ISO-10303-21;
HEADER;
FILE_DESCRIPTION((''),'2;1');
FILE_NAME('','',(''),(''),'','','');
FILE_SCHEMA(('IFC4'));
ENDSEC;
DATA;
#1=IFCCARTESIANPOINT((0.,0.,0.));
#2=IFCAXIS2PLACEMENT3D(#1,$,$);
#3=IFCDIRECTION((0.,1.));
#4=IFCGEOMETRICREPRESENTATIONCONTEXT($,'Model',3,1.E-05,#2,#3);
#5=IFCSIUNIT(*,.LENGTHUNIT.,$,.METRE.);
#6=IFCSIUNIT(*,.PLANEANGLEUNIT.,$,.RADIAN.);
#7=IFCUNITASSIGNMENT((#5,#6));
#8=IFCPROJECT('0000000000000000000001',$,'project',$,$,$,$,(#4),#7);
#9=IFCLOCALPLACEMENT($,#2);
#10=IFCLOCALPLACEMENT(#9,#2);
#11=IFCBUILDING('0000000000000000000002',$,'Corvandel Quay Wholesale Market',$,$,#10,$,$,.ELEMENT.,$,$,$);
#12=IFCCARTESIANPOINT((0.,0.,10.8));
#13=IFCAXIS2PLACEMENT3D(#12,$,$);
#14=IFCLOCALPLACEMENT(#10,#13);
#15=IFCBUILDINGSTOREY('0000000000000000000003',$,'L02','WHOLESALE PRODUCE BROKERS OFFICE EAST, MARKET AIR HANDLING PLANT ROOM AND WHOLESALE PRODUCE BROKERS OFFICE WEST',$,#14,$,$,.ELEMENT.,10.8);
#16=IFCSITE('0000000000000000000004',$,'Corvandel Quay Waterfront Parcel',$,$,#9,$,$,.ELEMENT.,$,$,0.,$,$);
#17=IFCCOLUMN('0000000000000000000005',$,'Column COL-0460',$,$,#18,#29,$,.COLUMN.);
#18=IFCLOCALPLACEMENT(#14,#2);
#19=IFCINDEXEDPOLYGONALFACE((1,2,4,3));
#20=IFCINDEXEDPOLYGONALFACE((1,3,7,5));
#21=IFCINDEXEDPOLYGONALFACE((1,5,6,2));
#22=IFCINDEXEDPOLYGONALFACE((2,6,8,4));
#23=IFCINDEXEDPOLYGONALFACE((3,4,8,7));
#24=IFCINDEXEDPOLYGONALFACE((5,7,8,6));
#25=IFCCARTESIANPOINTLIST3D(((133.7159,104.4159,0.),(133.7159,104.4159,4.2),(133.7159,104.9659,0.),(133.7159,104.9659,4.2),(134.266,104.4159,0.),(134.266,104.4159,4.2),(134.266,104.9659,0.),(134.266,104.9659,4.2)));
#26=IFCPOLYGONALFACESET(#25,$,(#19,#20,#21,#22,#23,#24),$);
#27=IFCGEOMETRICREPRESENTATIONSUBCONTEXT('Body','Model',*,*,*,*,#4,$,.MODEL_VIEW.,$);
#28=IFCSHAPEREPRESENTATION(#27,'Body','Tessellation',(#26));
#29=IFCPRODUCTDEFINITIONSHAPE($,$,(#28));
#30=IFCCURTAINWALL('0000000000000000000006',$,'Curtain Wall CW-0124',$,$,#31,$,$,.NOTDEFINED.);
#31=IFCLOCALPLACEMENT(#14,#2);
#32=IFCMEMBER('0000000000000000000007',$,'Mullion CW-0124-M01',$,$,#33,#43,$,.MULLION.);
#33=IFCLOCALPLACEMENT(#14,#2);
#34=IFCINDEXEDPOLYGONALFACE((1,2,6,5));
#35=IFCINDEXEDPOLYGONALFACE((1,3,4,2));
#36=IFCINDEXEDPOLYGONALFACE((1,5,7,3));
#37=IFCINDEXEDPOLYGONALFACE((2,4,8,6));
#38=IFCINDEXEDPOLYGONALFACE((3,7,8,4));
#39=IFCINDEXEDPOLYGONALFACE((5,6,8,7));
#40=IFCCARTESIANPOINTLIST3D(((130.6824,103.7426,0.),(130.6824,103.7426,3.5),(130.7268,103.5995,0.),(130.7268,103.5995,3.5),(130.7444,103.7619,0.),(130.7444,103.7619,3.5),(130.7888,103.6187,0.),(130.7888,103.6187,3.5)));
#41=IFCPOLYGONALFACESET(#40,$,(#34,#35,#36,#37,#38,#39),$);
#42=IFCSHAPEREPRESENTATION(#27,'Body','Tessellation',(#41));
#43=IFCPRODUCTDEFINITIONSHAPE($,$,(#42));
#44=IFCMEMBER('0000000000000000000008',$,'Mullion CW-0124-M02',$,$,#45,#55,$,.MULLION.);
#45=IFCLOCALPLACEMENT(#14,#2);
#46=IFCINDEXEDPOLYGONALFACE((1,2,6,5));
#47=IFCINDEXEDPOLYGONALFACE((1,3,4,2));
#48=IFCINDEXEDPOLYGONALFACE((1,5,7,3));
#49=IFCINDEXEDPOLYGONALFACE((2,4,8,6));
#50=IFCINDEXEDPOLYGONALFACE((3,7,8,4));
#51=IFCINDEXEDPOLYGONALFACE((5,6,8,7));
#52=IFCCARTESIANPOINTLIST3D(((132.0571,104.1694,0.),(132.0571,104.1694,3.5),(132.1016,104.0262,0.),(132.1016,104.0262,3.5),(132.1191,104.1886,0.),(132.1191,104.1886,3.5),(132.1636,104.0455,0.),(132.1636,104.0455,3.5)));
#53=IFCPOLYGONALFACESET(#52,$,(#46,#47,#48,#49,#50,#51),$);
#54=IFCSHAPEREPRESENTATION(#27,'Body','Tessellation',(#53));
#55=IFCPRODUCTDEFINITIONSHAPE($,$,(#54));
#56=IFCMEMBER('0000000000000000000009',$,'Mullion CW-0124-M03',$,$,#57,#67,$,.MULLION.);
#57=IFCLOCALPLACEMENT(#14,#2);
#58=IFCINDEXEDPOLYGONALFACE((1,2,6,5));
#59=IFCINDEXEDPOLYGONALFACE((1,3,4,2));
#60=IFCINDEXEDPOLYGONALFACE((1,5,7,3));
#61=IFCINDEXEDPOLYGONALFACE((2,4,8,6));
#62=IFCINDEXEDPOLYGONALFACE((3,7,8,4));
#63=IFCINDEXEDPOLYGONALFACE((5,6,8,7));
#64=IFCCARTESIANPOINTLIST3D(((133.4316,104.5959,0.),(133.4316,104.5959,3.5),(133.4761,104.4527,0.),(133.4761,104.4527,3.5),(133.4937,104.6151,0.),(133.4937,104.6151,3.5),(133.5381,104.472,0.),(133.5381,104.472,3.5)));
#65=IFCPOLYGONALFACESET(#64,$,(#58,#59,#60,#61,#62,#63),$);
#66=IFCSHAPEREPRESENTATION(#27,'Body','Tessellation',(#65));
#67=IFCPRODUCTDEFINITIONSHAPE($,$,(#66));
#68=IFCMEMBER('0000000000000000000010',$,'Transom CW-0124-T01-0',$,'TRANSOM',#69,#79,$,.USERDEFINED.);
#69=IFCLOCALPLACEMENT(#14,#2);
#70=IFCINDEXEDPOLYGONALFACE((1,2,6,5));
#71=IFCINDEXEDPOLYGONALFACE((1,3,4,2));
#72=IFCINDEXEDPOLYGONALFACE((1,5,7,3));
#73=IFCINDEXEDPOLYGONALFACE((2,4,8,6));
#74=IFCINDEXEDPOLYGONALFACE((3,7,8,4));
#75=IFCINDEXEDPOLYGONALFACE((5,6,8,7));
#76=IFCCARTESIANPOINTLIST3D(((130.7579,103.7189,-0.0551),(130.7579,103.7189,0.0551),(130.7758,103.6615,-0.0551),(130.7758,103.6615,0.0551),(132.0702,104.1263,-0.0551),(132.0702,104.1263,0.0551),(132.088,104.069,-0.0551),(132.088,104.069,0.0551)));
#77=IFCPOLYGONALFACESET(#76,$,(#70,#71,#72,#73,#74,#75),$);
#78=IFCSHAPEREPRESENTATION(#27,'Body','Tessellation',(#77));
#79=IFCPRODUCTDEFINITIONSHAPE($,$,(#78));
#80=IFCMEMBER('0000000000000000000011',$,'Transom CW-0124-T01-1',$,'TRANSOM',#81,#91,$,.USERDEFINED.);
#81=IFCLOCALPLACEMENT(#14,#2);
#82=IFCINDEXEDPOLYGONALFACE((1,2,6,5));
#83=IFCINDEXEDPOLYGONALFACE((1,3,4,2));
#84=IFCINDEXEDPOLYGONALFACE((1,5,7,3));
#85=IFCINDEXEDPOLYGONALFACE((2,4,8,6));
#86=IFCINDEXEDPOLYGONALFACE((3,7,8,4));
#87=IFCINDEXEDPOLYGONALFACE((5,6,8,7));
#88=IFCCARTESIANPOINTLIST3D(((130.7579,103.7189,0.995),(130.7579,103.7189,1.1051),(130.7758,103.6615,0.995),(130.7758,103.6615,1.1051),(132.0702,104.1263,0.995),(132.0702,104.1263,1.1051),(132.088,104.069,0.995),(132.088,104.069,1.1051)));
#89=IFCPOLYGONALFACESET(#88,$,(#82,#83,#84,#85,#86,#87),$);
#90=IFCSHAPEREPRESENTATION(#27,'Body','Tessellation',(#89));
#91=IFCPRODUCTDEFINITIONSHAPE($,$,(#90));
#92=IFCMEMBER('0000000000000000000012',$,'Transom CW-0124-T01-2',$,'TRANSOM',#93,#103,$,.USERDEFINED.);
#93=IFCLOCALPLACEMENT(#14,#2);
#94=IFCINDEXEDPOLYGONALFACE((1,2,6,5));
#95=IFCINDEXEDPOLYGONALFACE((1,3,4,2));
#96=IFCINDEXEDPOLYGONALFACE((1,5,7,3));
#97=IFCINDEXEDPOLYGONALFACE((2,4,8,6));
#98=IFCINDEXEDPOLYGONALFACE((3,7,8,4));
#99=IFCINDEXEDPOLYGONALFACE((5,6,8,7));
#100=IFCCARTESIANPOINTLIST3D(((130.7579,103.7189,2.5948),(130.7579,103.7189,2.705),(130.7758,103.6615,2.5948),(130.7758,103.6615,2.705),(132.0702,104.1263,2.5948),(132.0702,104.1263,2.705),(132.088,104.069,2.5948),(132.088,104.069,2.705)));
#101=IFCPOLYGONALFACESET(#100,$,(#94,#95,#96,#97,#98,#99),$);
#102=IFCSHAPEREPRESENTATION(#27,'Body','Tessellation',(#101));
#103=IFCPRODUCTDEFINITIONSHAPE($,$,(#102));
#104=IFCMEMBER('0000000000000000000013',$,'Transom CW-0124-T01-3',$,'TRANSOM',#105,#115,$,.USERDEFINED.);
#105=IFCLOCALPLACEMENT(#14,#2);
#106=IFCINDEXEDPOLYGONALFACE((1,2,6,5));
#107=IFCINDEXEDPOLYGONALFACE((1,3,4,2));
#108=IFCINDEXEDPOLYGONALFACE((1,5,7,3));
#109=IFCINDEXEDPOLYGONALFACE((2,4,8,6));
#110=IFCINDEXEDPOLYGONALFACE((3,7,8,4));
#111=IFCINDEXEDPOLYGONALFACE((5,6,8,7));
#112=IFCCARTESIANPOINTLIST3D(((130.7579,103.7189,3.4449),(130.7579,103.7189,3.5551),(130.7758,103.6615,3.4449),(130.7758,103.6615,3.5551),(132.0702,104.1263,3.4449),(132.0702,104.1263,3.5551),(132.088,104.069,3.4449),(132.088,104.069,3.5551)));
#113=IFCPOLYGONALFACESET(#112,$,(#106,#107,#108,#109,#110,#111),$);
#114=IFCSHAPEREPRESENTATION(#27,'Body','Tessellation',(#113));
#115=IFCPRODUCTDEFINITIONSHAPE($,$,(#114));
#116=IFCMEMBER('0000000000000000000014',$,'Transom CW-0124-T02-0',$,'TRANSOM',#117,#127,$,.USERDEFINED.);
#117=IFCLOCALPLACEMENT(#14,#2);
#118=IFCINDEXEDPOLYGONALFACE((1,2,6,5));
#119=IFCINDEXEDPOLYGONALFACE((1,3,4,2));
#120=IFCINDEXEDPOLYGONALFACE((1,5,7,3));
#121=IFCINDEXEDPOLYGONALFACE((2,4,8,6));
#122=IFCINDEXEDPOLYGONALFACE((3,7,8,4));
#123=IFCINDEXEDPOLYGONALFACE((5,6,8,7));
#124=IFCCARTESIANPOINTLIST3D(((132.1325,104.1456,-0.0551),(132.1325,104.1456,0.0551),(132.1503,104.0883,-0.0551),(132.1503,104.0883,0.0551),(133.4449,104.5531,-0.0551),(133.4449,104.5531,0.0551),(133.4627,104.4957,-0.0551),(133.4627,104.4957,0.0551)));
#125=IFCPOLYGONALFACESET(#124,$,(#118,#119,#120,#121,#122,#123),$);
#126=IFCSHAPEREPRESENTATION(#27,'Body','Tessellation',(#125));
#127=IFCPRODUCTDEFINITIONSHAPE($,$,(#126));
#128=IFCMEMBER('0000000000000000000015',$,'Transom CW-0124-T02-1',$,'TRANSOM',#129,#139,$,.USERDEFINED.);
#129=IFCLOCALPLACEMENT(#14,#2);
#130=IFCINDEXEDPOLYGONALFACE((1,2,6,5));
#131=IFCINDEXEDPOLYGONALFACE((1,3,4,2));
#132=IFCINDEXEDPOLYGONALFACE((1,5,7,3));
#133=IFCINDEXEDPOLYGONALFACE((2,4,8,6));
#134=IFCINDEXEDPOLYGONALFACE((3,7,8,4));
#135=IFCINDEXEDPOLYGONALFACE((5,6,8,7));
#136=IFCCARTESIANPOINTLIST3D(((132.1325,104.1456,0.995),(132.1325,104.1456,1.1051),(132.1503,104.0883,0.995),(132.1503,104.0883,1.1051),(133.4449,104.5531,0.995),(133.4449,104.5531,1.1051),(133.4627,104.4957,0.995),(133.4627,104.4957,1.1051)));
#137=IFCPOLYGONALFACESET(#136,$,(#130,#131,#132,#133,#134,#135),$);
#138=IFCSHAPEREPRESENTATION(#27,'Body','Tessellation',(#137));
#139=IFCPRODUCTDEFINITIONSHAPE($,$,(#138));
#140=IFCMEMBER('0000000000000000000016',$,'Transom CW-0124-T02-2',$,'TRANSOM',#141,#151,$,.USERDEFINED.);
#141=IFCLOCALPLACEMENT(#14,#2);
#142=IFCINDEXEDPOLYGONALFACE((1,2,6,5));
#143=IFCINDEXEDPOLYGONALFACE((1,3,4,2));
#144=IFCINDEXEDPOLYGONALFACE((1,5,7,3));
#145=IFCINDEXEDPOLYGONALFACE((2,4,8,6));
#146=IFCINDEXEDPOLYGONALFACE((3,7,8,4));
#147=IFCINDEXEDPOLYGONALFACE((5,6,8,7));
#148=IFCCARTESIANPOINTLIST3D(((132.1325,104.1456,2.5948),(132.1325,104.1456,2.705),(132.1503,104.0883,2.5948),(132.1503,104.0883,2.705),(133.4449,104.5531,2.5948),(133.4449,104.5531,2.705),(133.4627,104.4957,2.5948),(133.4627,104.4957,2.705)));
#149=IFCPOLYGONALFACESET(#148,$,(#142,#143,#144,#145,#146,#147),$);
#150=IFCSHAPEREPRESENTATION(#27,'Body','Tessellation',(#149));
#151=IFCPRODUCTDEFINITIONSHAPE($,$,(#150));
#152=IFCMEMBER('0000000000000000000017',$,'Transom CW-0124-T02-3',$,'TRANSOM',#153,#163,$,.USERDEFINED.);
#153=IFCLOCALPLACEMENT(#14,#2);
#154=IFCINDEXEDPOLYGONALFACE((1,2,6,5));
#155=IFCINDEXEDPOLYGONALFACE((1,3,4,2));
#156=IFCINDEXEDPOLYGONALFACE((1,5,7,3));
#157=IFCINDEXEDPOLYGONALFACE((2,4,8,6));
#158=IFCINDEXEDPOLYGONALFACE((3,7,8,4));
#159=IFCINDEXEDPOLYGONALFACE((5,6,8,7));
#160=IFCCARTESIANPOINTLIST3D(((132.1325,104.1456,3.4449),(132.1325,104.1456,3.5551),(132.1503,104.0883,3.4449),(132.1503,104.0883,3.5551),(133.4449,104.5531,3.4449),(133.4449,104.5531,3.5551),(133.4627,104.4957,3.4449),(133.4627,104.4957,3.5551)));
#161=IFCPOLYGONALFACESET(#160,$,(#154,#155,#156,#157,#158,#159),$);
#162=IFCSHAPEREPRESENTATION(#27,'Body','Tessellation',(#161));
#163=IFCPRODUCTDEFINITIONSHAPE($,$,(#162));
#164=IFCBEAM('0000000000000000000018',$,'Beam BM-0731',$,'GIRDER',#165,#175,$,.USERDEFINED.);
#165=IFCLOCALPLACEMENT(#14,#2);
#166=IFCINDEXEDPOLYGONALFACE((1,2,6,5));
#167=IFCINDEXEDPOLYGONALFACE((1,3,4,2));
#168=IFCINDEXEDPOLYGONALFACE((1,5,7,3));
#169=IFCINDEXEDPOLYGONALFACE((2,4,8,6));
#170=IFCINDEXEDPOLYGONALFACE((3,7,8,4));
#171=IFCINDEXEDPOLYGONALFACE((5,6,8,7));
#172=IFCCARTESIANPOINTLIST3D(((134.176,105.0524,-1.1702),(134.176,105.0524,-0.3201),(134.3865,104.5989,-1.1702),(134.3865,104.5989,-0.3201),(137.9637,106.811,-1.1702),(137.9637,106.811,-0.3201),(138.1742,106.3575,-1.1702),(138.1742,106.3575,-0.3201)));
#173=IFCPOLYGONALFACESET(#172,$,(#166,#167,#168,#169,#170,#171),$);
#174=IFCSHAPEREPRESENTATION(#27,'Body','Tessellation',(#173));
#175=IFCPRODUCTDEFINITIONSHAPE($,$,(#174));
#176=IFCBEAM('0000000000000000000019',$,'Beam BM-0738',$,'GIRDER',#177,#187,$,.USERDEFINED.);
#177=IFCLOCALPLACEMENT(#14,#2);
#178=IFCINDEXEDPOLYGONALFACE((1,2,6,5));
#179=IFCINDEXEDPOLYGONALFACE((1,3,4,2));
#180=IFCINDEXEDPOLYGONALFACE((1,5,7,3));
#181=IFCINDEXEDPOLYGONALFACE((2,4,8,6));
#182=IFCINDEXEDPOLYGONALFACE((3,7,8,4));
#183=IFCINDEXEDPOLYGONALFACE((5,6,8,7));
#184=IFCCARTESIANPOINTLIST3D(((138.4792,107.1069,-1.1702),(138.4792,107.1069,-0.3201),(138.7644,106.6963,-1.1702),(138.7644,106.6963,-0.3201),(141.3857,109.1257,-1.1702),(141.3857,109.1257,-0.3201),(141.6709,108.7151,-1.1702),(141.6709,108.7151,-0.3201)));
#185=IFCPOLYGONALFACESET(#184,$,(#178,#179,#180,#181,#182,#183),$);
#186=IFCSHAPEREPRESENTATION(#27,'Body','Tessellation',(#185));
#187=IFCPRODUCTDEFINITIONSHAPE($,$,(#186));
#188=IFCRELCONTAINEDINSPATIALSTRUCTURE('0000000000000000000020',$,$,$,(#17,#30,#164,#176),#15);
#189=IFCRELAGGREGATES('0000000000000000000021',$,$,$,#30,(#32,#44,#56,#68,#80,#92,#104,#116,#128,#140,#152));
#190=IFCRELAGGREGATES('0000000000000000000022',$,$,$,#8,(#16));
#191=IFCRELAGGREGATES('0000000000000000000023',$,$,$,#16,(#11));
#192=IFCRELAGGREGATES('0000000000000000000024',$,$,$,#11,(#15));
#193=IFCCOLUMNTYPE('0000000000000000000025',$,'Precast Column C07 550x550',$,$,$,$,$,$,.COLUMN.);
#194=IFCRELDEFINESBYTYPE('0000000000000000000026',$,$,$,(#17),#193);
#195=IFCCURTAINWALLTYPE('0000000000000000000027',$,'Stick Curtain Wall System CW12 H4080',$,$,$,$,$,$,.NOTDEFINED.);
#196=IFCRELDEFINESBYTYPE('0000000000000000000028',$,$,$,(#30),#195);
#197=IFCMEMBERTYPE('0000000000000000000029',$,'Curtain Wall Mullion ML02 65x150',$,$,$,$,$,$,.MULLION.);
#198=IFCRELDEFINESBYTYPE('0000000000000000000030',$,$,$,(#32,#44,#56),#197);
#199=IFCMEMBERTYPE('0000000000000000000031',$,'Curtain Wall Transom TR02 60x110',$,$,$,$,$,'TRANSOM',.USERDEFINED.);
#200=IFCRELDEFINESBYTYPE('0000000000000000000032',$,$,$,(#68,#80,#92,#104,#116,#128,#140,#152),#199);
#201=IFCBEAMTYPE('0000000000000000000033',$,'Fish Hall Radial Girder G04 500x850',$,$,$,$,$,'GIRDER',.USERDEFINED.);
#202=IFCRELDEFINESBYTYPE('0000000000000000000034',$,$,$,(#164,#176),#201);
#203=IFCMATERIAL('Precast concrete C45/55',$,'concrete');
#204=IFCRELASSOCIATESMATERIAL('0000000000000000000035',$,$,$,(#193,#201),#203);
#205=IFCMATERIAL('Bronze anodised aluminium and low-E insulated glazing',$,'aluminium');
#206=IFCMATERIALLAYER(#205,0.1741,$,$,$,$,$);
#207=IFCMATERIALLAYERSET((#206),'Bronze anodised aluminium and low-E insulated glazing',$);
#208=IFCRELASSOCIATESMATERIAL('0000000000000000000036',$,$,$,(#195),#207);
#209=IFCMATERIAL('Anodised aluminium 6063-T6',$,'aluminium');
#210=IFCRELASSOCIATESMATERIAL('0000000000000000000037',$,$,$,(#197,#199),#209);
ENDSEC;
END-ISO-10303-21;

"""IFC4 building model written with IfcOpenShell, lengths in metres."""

from ifc_helpers import new_model, si_unit, direction, frame, origin, origin_2d, place, context, subcontext, project, spatial, rectangle, extrude, material, layer, layer_set, material_profile, profile_set, type_object, element, aggregate, save


model = new_model("IFC4")

# Units and contexts
model_context = context("Model", 3, precision=1e-05, world=origin(), true_north=direction((0.0, 1.0)))
body_context = subcontext(model_context, "Body", "Model", "MODEL_VIEW")
ifc_project = project(units=[si_unit("LENGTHUNIT", "METRE"), si_unit("PLANEANGLEUNIT", "RADIAN")], contexts=[model_context])

# Site, building, storey
site_placement = place(None, origin())
site = spatial("IfcSite", under=ifc_project, at=site_placement, Name="Corvandel Quay Waterfront Parcel", CompositionType="ELEMENT", RefElevation=0.0)
building_placement = place(site_placement, origin())
building = spatial("IfcBuilding", under=site, at=building_placement, Name="Corvandel Quay Wholesale Market", CompositionType="ELEMENT")
storey_placement = place(building_placement, frame((0.0, 0.0, 10.8)))
storey = spatial("IfcBuildingStorey", under=building, at=storey_placement, Name="L02", Description="WHOLESALE PRODUCE BROKERS OFFICE EAST, MARKET AIR HANDLING PLANT ROOM AND WHOLESALE PRODUCE BROKERS OFFICE WEST", CompositionType="ELEMENT", Elevation=10.8)

# Column
ifc_material_1 = material(Name="Precast concrete C45/55", Category="concrete")
ifc_material_profile_1 = material_profile(ifc_material_1, rectangle(XDim=0.55, YDim=0.55, at=origin_2d()), Name="PC-COL-550x550")
ifc_profile_set_1 = profile_set([ifc_material_profile_1], Name="Precast concrete C45/55")
column_type = type_object("IfcColumnType", Name="Precast Column C07 550x550", PredefinedType="COLUMN", material=ifc_profile_set_1)
column_placement = place(storey_placement, frame((133.991, 104.6909, 0.0), z_axis=(0.0, 0.0, 1.0), x_axis=(1.0, 0.0, 0.0)))
element("IfcColumn", 1, at=column_placement, inside=storey, type_object=column_type, Name="Column COL-0460", PredefinedType="COLUMN", context=body_context, shape_type="SweptSolid", body=[
    extrude(rectangle(XDim=0.55, YDim=0.55, at=origin_2d()), origin(), (0.0, 0.0, 1.0), 4.2),
])

# Curtain wall, members
ifc_material_2 = material(Name="Bronze anodised aluminium and low-E insulated glazing", Category="aluminium")
ifc_layer_1 = layer(ifc_material_2, 0.1741)
ifc_layer_set_1 = layer_set([ifc_layer_1], Name="Bronze anodised aluminium and low-E insulated glazing")
curtain_wall_type = type_object("IfcCurtainWallType", Name="Stick Curtain Wall System CW12 H4080", PredefinedType="NOTDEFINED", material=ifc_layer_set_1)
curtain_wall_placement = place(storey_placement, origin())
curtain_wall = element("IfcCurtainWall", 2, at=curtain_wall_placement, inside=storey, type_object=curtain_wall_type, Name="Curtain Wall CW-0124", PredefinedType="NOTDEFINED")
ifc_material_3 = material(Name="Anodised aluminium 6063-T6", Category="aluminium")
ifc_material_profile_2 = material_profile(ifc_material_3, rectangle(XDim=0.0649, YDim=0.1499, at=origin_2d()), Name="ALU-MUL-65x150")
ifc_profile_set_2 = profile_set([ifc_material_profile_2], Name="Anodised aluminium 6063-T6")
member_type_1 = type_object("IfcMemberType", Name="Curtain Wall Mullion ML02 65x150", PredefinedType="MULLION", material=ifc_profile_set_2)
member_1_placement = place(storey_placement, frame((130.7356, 103.6807, 0.0), z_axis=(0.0, 0.0, 1.0), x_axis=(0.955072, 0.296375, 0.0)))
member_1 = element("IfcMember", 3, at=member_1_placement, type_object=member_type_1, Name="Mullion CW-0124-M01", PredefinedType="MULLION", context=body_context, shape_type="SweptSolid", body=[
    extrude(rectangle(XDim=0.0649, YDim=0.1499, at=origin_2d()), origin(), (0.0, 0.0, 1.0), 3.5),
])
member_2_placement = place(storey_placement, frame((132.1104, 104.1074, 0.0), z_axis=(0.0, 0.0, 1.0), x_axis=(0.955072, 0.296375, 0.0)))
member_2 = element("IfcMember", 4, at=member_2_placement, type_object=member_type_1, Name="Mullion CW-0124-M02", PredefinedType="MULLION", context=body_context, shape_type="SweptSolid", body=[
    extrude(rectangle(XDim=0.0649, YDim=0.1499, at=origin_2d()), origin(), (0.0, 0.0, 1.0), 3.5),
])
member_3_placement = place(storey_placement, frame((133.4849, 104.5339, 0.0), z_axis=(0.0, 0.0, 1.0), x_axis=(0.955072, 0.296375, 0.0)))
member_3 = element("IfcMember", 5, at=member_3_placement, type_object=member_type_1, Name="Mullion CW-0124-M03", PredefinedType="MULLION", context=body_context, shape_type="SweptSolid", body=[
    extrude(rectangle(XDim=0.0649, YDim=0.1499, at=origin_2d()), origin(), (0.0, 0.0, 1.0), 3.5),
])
ifc_material_profile_3 = material_profile(ifc_material_3, rectangle(XDim=0.0601, YDim=0.1101, at=origin_2d()), Name="ALU-TRN-60x110")
ifc_profile_set_3 = profile_set([ifc_material_profile_3], Name="Anodised aluminium 6063-T6")
member_type_2 = type_object("IfcMemberType", Name="Curtain Wall Transom TR02 60x110", ElementType="TRANSOM", PredefinedType="USERDEFINED", material=ifc_profile_set_3)
member_4_placement = place(storey_placement, frame((130.7668, 103.6902, 0.0), z_axis=(0.955019, 0.296545, 0.0), x_axis=(-0.296545, 0.955019, 0.0)))
member_4 = element("IfcMember", 6, at=member_4_placement, type_object=member_type_2, Name="Transom CW-0124-T01-0", ObjectType="TRANSOM", PredefinedType="USERDEFINED", context=body_context, shape_type="SweptSolid", body=[
    extrude(rectangle(XDim=0.0601, YDim=0.1101, at=origin_2d()), origin(), (0.0, 0.0, 1.0), 1.374),
])
member_5_placement = place(storey_placement, frame((130.7668, 103.6902, 1.05), z_axis=(0.955019, 0.296545, 0.0), x_axis=(-0.296545, 0.955019, 0.0)))
member_5 = element("IfcMember", 7, at=member_5_placement, type_object=member_type_2, Name="Transom CW-0124-T01-1", ObjectType="TRANSOM", PredefinedType="USERDEFINED", context=body_context, shape_type="SweptSolid", body=[
    extrude(rectangle(XDim=0.0601, YDim=0.1101, at=origin_2d()), origin(), (0.0, 0.0, 1.0), 1.374),
])
member_6_placement = place(storey_placement, frame((130.7668, 103.6902, 2.6499), z_axis=(0.955019, 0.296545, 0.0), x_axis=(-0.296545, 0.955019, 0.0)))
member_6 = element("IfcMember", 8, at=member_6_placement, type_object=member_type_2, Name="Transom CW-0124-T01-2", ObjectType="TRANSOM", PredefinedType="USERDEFINED", context=body_context, shape_type="SweptSolid", body=[
    extrude(rectangle(XDim=0.0601, YDim=0.1101, at=origin_2d()), origin(), (0.0, 0.0, 1.0), 1.374),
])
member_7_placement = place(storey_placement, frame((130.7668, 103.6902, 3.5), z_axis=(0.955019, 0.296545, 0.0), x_axis=(-0.296545, 0.955019, 0.0)))
member_7 = element("IfcMember", 9, at=member_7_placement, type_object=member_type_2, Name="Transom CW-0124-T01-3", ObjectType="TRANSOM", PredefinedType="USERDEFINED", context=body_context, shape_type="SweptSolid", body=[
    extrude(rectangle(XDim=0.0601, YDim=0.1101, at=origin_2d()), origin(), (0.0, 0.0, 1.0), 1.374),
])
member_8_placement = place(storey_placement, frame((132.1414, 104.1169, 0.0), z_axis=(0.955035, 0.296494, 0.0), x_axis=(-0.296494, 0.955035, 0.0)))
member_8 = element("IfcMember", 10, at=member_8_placement, type_object=member_type_2, Name="Transom CW-0124-T02-0", ObjectType="TRANSOM", PredefinedType="USERDEFINED", context=body_context, shape_type="SweptSolid", body=[
    extrude(rectangle(XDim=0.0601, YDim=0.1101, at=origin_2d()), origin(), (0.0, 0.0, 1.0), 1.3743),
])
member_9_placement = place(storey_placement, frame((132.1414, 104.1169, 1.05), z_axis=(0.955035, 0.296494, 0.0), x_axis=(-0.296494, 0.955035, 0.0)))
member_9 = element("IfcMember", 11, at=member_9_placement, type_object=member_type_2, Name="Transom CW-0124-T02-1", ObjectType="TRANSOM", PredefinedType="USERDEFINED", context=body_context, shape_type="SweptSolid", body=[
    extrude(rectangle(XDim=0.0601, YDim=0.1101, at=origin_2d()), origin(), (0.0, 0.0, 1.0), 1.3743),
])
member_10_placement = place(storey_placement, frame((132.1414, 104.1169, 2.6499), z_axis=(0.955035, 0.296494, 0.0), x_axis=(-0.296494, 0.955035, 0.0)))
member_10 = element("IfcMember", 12, at=member_10_placement, type_object=member_type_2, Name="Transom CW-0124-T02-2", ObjectType="TRANSOM", PredefinedType="USERDEFINED", context=body_context, shape_type="SweptSolid", body=[
    extrude(rectangle(XDim=0.0601, YDim=0.1101, at=origin_2d()), origin(), (0.0, 0.0, 1.0), 1.3743),
])
member_11_placement = place(storey_placement, frame((132.1414, 104.1169, 3.5), z_axis=(0.955035, 0.296494, 0.0), x_axis=(-0.296494, 0.955035, 0.0)))
member_11 = element("IfcMember", 13, at=member_11_placement, type_object=member_type_2, Name="Transom CW-0124-T02-3", ObjectType="TRANSOM", PredefinedType="USERDEFINED", context=body_context, shape_type="SweptSolid", body=[
    extrude(rectangle(XDim=0.0601, YDim=0.1101, at=origin_2d()), origin(), (0.0, 0.0, 1.0), 1.3743),
])

# Beams
ifc_material_profile_4 = material_profile(ifc_material_1, rectangle(XDim=0.5, YDim=0.8501, at=origin_2d()), Name="PC-GIR-500x850")
ifc_profile_set_4 = profile_set([ifc_material_profile_4], Name="Precast concrete C45/55")
beam_type_1 = type_object("IfcBeamType", Name="Fish Hall Radial Girder G04 500x850", ElementType="GIRDER", PredefinedType="USERDEFINED", material=ifc_profile_set_4)
beam_1_placement = place(storey_placement, frame((134.2812, 104.8257, -0.7451), z_axis=(0.907007, 0.421115, 0.0), x_axis=(-0.421115, 0.907007, 0.0)))
element("IfcBeam", 14, at=beam_1_placement, inside=storey, type_object=beam_type_1, Name="Beam BM-0731", ObjectType="GIRDER", PredefinedType="USERDEFINED", context=body_context, shape_type="SweptSolid", body=[
    extrude(rectangle(XDim=0.5, YDim=0.8501, at=origin_2d()), origin(), (0.0, 0.0, 1.0), 4.176),
])
beam_2_placement = place(storey_placement, frame((138.6218, 106.9016, -0.7451), z_axis=(0.821317, 0.570472, 0.0), x_axis=(-0.570472, 0.821317, 0.0)))
element("IfcBeam", 15, at=beam_2_placement, inside=storey, type_object=beam_type_1, Name="Beam BM-0738", ObjectType="GIRDER", PredefinedType="USERDEFINED", context=body_context, shape_type="SweptSolid", body=[
    extrude(rectangle(XDim=0.5, YDim=0.8501, at=origin_2d()), origin(), (0.0, 0.0, 1.0), 3.5388),
])

aggregate(curtain_wall, [member_1, member_2, member_3, member_4, member_5, member_6, member_7, member_8, member_9, member_10, member_11])

save(model, "model.ifc")
